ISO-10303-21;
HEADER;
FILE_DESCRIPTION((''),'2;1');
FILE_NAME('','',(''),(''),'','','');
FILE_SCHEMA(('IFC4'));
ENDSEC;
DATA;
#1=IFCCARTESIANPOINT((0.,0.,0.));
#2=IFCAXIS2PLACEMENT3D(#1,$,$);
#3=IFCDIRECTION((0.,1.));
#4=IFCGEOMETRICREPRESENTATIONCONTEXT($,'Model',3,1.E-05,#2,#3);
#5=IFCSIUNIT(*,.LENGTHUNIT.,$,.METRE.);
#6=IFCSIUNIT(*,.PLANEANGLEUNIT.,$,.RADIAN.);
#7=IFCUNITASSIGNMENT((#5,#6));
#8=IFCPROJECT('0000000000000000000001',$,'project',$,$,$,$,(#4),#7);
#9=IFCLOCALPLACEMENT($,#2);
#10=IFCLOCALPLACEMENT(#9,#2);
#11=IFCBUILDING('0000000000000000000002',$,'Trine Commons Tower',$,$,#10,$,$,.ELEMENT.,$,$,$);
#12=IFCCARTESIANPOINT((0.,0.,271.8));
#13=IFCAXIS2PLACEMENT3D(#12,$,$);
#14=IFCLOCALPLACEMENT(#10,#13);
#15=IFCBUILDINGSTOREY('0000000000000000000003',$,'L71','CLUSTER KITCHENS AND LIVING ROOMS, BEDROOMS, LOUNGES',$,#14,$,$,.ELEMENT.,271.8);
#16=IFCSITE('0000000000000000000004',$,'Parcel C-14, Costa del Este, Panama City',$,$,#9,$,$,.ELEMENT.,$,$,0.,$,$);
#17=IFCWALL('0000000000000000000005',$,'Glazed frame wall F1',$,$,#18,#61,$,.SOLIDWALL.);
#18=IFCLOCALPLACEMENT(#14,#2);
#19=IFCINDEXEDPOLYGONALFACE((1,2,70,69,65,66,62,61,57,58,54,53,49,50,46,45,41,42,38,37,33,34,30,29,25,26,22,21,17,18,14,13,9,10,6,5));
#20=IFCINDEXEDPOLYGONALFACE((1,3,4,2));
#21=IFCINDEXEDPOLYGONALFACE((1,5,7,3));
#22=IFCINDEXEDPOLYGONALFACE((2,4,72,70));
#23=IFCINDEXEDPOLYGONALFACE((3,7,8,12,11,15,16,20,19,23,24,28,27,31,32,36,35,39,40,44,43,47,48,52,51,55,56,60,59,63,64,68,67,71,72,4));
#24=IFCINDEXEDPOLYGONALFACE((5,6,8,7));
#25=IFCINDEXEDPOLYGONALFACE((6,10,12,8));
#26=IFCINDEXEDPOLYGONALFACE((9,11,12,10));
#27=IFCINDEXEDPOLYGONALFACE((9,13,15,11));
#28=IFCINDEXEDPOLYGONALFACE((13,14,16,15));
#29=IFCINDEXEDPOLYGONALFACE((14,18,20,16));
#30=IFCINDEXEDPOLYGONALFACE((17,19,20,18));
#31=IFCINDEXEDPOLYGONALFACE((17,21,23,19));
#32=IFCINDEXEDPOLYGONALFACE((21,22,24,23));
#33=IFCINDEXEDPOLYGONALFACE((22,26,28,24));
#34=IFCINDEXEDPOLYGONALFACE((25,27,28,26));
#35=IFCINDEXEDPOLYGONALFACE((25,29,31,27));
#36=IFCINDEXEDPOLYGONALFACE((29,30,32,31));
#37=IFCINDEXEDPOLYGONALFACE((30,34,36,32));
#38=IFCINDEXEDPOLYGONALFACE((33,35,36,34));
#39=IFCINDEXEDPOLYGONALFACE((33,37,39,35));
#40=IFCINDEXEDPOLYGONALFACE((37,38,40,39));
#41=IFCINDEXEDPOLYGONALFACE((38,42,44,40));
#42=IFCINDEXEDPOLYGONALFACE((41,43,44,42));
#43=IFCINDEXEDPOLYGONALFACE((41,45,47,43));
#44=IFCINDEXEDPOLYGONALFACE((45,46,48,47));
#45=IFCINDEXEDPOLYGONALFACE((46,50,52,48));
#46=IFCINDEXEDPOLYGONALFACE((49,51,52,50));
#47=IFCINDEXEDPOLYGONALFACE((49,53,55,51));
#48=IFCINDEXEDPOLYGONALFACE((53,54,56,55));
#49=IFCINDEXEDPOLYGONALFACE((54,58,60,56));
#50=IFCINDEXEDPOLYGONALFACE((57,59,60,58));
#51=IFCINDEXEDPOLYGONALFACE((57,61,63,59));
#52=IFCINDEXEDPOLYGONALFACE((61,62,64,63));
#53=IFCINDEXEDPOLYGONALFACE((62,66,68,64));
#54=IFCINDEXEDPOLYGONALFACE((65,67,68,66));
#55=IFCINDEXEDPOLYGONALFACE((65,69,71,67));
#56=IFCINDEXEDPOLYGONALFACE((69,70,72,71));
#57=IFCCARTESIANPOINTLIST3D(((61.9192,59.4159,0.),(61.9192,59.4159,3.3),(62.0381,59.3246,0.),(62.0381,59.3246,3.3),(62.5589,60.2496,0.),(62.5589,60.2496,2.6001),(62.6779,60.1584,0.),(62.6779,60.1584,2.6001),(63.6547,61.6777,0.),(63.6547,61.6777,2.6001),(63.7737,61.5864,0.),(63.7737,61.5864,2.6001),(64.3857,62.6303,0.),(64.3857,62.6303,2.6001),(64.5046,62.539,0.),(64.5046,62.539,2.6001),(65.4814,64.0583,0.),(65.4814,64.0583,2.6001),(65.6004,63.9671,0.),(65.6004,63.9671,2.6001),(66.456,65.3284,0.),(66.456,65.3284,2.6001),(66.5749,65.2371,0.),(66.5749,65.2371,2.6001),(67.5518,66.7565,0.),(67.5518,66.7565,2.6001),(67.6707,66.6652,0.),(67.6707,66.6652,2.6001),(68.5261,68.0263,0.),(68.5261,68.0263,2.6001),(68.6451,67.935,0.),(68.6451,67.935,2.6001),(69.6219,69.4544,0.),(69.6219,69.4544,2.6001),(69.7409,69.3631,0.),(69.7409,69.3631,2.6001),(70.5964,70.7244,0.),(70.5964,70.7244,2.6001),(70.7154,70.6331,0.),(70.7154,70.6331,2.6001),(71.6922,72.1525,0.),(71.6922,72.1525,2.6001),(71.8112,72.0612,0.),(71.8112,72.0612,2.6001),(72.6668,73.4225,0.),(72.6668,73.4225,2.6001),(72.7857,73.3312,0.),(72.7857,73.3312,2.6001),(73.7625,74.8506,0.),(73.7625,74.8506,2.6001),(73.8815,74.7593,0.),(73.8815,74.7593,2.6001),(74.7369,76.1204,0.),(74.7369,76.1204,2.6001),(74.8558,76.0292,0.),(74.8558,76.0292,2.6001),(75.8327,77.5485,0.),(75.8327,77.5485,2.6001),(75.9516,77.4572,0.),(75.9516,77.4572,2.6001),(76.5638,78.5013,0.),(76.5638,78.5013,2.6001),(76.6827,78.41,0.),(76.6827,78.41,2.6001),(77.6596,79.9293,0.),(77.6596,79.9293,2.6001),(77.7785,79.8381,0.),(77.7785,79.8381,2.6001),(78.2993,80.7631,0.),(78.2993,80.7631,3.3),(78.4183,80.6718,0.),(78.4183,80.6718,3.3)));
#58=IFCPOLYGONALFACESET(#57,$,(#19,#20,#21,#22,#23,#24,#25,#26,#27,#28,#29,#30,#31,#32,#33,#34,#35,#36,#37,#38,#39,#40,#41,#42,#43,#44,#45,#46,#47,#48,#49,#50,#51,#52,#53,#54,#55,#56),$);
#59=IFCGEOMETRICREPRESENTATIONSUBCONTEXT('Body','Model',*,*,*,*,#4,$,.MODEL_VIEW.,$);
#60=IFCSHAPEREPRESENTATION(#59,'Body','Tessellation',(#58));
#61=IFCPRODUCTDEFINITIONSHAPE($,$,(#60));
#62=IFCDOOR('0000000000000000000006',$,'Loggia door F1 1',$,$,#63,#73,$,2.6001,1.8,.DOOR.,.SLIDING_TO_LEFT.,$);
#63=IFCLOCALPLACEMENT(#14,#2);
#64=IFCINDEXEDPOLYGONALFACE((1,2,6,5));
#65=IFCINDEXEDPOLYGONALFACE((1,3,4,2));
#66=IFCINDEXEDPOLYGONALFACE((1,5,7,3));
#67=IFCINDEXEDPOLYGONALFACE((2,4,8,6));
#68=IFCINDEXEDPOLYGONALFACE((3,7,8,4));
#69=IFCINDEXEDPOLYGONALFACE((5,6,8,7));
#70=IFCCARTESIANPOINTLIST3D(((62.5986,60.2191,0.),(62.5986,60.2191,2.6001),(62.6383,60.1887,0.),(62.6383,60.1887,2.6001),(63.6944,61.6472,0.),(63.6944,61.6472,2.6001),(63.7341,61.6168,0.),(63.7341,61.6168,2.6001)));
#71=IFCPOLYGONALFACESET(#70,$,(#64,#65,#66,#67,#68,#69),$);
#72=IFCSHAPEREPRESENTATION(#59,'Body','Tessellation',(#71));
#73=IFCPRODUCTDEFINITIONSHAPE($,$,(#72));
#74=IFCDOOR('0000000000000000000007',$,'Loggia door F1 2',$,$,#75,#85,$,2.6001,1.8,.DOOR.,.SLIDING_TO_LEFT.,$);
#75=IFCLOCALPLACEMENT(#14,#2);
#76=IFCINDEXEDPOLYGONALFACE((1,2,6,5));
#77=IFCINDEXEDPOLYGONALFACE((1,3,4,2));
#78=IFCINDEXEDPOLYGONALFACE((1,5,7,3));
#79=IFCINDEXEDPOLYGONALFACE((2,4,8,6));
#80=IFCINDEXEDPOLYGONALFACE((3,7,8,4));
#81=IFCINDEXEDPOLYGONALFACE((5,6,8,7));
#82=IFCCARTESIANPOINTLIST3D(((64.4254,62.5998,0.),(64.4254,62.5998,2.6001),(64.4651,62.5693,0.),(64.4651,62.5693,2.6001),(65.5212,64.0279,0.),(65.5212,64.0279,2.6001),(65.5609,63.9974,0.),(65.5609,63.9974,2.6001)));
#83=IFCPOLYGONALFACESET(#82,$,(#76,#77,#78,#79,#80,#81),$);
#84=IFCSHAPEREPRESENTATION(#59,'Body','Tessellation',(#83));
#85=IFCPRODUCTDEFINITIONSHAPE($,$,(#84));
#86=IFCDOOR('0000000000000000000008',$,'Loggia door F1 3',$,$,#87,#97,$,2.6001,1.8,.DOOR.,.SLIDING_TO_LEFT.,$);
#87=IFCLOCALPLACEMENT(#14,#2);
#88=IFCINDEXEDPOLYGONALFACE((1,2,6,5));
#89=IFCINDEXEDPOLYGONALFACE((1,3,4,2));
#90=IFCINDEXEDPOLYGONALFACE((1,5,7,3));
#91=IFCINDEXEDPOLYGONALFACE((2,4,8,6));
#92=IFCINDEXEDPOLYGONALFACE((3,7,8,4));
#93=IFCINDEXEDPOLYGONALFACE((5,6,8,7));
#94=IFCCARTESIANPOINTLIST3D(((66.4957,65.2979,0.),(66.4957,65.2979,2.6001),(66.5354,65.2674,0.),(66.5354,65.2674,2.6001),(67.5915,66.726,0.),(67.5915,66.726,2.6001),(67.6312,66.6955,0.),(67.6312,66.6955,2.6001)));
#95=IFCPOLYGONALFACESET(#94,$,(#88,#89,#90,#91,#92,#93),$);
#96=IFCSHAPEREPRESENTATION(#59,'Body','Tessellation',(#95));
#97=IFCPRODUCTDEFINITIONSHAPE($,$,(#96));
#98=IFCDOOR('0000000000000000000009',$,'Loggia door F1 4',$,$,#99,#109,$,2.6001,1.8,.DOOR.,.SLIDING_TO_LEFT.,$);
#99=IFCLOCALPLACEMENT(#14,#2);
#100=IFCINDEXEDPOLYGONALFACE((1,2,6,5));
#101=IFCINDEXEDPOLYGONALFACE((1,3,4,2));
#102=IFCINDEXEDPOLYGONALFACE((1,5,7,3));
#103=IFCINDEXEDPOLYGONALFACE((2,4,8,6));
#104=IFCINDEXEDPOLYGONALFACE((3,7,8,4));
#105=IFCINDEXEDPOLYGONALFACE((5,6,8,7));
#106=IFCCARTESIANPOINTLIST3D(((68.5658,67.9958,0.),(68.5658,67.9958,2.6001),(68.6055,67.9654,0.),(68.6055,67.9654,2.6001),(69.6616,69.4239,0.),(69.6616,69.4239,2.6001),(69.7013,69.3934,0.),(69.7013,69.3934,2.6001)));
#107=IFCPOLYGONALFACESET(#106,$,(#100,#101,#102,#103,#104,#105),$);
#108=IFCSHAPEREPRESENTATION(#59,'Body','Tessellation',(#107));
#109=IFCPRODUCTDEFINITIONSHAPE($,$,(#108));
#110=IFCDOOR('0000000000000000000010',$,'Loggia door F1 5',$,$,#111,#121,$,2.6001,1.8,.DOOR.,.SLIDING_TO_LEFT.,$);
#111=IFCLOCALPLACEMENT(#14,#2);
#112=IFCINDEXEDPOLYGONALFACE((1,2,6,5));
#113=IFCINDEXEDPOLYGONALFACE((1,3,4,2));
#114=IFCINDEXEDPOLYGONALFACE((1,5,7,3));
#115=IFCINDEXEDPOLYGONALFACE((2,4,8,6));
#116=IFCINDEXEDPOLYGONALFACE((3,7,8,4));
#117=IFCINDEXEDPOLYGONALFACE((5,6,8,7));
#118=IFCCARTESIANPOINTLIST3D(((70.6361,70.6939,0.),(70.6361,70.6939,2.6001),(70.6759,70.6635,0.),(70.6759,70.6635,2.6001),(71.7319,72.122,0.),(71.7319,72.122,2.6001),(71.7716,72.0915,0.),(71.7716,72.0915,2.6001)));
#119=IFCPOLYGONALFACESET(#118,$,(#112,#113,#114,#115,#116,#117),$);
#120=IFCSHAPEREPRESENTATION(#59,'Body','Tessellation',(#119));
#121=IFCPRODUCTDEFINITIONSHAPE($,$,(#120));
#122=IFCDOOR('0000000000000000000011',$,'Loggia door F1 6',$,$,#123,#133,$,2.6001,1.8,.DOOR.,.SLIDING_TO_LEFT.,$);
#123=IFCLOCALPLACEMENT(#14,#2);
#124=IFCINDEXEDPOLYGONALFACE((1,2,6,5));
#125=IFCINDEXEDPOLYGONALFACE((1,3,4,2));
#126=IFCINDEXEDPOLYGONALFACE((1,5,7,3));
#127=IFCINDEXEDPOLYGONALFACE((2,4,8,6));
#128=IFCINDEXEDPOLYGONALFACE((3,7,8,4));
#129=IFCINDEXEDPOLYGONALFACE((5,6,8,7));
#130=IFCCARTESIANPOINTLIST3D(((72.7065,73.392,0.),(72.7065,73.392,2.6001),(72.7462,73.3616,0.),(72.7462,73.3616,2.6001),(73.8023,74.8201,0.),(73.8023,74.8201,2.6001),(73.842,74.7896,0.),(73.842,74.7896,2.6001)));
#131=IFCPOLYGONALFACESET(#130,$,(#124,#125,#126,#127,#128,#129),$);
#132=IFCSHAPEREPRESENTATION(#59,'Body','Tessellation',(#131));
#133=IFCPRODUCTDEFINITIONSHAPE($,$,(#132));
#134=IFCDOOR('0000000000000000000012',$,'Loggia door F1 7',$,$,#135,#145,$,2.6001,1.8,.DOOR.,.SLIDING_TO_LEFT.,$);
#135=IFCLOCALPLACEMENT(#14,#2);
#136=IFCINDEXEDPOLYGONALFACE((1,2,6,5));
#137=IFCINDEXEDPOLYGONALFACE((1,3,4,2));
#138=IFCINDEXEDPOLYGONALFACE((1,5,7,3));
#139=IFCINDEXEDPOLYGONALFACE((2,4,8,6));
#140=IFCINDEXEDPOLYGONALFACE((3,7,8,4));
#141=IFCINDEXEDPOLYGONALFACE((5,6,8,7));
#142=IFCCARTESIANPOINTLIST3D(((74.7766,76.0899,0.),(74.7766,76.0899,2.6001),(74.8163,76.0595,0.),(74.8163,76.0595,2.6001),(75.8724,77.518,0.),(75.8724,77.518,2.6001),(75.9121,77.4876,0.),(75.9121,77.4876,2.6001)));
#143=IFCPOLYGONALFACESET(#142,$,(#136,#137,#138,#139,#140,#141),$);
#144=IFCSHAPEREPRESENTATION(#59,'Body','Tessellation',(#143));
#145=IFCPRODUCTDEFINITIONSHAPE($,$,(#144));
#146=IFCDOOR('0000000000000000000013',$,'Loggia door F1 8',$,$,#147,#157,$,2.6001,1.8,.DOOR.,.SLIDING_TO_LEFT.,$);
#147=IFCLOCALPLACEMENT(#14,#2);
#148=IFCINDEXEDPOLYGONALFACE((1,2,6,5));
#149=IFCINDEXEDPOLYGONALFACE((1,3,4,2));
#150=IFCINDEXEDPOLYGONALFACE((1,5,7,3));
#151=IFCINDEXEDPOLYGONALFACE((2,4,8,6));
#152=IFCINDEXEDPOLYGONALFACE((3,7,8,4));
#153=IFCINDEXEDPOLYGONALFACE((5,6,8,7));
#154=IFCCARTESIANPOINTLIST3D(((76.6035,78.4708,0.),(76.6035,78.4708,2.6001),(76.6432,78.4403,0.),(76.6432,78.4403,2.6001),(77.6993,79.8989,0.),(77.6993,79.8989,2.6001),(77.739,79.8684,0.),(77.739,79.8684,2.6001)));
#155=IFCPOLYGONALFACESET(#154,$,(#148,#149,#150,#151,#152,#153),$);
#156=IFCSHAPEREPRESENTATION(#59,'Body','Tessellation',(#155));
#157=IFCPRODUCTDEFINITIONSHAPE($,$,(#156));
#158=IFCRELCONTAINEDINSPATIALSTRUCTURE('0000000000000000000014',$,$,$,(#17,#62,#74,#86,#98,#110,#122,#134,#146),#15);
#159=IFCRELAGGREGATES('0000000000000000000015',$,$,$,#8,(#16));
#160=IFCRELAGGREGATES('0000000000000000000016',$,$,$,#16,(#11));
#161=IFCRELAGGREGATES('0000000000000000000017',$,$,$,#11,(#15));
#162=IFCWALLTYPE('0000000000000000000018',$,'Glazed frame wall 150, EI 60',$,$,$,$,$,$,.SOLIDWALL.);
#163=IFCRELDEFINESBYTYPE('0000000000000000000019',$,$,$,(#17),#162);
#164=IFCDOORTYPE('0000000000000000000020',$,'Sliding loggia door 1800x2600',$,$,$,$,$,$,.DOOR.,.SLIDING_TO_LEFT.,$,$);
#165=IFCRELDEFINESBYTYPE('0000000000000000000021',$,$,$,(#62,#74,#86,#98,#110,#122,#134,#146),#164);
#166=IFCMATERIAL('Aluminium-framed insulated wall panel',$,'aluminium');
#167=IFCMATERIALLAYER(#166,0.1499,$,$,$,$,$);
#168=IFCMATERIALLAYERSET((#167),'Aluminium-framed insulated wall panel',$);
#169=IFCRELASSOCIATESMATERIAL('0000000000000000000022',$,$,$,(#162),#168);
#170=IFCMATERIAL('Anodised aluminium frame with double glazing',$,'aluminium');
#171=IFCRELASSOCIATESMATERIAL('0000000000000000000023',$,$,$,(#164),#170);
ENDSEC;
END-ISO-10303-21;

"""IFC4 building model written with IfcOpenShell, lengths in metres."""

from ifc_helpers import new_model, si_unit, direction, frame, frame_2d, origin, place, context, subcontext, project, spatial, polyline, rectangle, outline, extrude, material, layer, layer_set, type_object, element, fill, save


model = new_model("IFC4")

# Units and contexts
model_context = context("Model", 3, precision=1e-05, world=origin(), true_north=direction((0.0, 1.0)))
body_context = subcontext(model_context, "Body", "Model", "MODEL_VIEW")
ifc_project = project(units=[si_unit("LENGTHUNIT", "METRE"), si_unit("PLANEANGLEUNIT", "RADIAN")], contexts=[model_context])

# Site, building, storey
site_placement = place(None, origin())
site = spatial("IfcSite", under=ifc_project, at=site_placement, Name="Parcel C-14, Costa del Este, Panama City", CompositionType="ELEMENT", RefElevation=0.0)
building_placement = place(site_placement, origin())
building = spatial("IfcBuilding", under=site, at=building_placement, Name="Trine Commons Tower", CompositionType="ELEMENT")
storey_placement = place(building_placement, frame((0.0, 0.0, 271.8)))
storey = spatial("IfcBuildingStorey", under=building, at=storey_placement, Name="L71", Description="CLUSTER KITCHENS AND LIVING ROOMS, BEDROOMS, LOUNGES", CompositionType="ELEMENT", Elevation=271.8)

# Wall, openings, doors
ifc_material_1 = material(Name="Aluminium-framed insulated wall panel", Category="aluminium")
ifc_layer_1 = layer(ifc_material_1, 0.1499)
ifc_layer_set_1 = layer_set([ifc_layer_1], Name="Aluminium-framed insulated wall panel")
wall_type_1 = type_object("IfcWallType", Name="Glazed frame wall 150, EI 60", PredefinedType="SOLIDWALL", material=ifc_layer_set_1)
wall_1_placement = place(storey_placement, frame((61.8877, 59.2517, 0.0), z_axis=(0.0, 0.0, 1.0), x_axis=(0.608758, 0.793356, 0.0)))
wall_1 = element("IfcWall", 1, at=wall_1_placement, inside=storey, type_object=wall_type_1, Name="Glazed frame wall F1", PredefinedType="SOLIDWALL", context=body_context, shape_type="SweptSolid", body=[
    extrude(outline(polyline([(0.1494, 0.075), (0.1494, -0.075), (27.0569, -0.075), (27.0569, 0.075), (0.1494, 0.075)])), origin(), (0.0, 0.0, 1.0), 3.3),
])
opening_1_placement = place(wall_1_placement, frame((1.2004, 0.0, 0.0)))
opening_1 = element("IfcOpeningElement", 2, at=opening_1_placement, cuts=wall_1, PredefinedType="OPENING", context=body_context, shape_type="SweptSolid", body=[
    extrude(rectangle(XDim=1.8, YDim=2.6001, at=frame_2d((0.8999, 1.3))), frame((0.0, 0.085, 0.0), z_axis=(0.0, -1.0, 0.0), x_axis=(1.0, 0.0, 0.0)), (0.0, 0.0, 1.0), 0.1699),
])
opening_2_placement = place(wall_1_placement, frame((4.2012, 0.0, 0.0)))
opening_2 = element("IfcOpeningElement", 3, at=opening_2_placement, cuts=wall_1, PredefinedType="OPENING", context=body_context, shape_type="SweptSolid", body=[
    extrude(rectangle(XDim=1.8, YDim=2.6001, at=frame_2d((0.8999, 1.3))), frame((0.0, 0.085, 0.0), z_axis=(0.0, -1.0, 0.0), x_axis=(1.0, 0.0, 0.0)), (0.0, 0.0, 1.0), 0.1699),
])
opening_3_placement = place(wall_1_placement, frame((7.6021, 0.0, 0.0)))
opening_3 = element("IfcOpeningElement", 4, at=opening_3_placement, cuts=wall_1, PredefinedType="OPENING", context=body_context, shape_type="SweptSolid", body=[
    extrude(rectangle(XDim=1.8, YDim=2.6001, at=frame_2d((0.8999, 1.3))), frame((0.0, 0.085, 0.0), z_axis=(0.0, -1.0, 0.0), x_axis=(1.0, 0.0, 0.0)), (0.0, 0.0, 1.0), 0.1699),
])
opening_4_placement = place(wall_1_placement, frame((11.0027, 0.0, 0.0)))
opening_4 = element("IfcOpeningElement", 5, at=opening_4_placement, cuts=wall_1, PredefinedType="OPENING", context=body_context, shape_type="SweptSolid", body=[
    extrude(rectangle(XDim=1.8, YDim=2.6001, at=frame_2d((0.8999, 1.3))), frame((0.0, 0.085, 0.0), z_axis=(0.0, -1.0, 0.0), x_axis=(1.0, 0.0, 0.0)), (0.0, 0.0, 1.0), 0.1699),
])
opening_5_placement = place(wall_1_placement, frame((14.4036, 0.0, 0.0)))
opening_5 = element("IfcOpeningElement", 6, at=opening_5_placement, cuts=wall_1, PredefinedType="OPENING", context=body_context, shape_type="SweptSolid", body=[
    extrude(rectangle(XDim=1.8, YDim=2.6001, at=frame_2d((0.8999, 1.3))), frame((0.0, 0.085, 0.0), z_axis=(0.0, -1.0, 0.0), x_axis=(1.0, 0.0, 0.0)), (0.0, 0.0, 1.0), 0.1699),
])
opening_6_placement = place(wall_1_placement, frame((17.8044, 0.0, 0.0)))
opening_6 = element("IfcOpeningElement", 7, at=opening_6_placement, cuts=wall_1, PredefinedType="OPENING", context=body_context, shape_type="SweptSolid", body=[
    extrude(rectangle(XDim=1.8, YDim=2.6001, at=frame_2d((0.8999, 1.3))), frame((0.0, 0.085, 0.0), z_axis=(0.0, -1.0, 0.0), x_axis=(1.0, 0.0, 0.0)), (0.0, 0.0, 1.0), 0.1699),
])
opening_7_placement = place(wall_1_placement, frame((21.2051, 0.0, 0.0)))
opening_7 = element("IfcOpeningElement", 8, at=opening_7_placement, cuts=wall_1, PredefinedType="OPENING", context=body_context, shape_type="SweptSolid", body=[
    extrude(rectangle(XDim=1.8, YDim=2.6001, at=frame_2d((0.8999, 1.3))), frame((0.0, 0.085, 0.0), z_axis=(0.0, -1.0, 0.0), x_axis=(1.0, 0.0, 0.0)), (0.0, 0.0, 1.0), 0.1699),
])
opening_8_placement = place(wall_1_placement, frame((24.2061, 0.0, 0.0)))
opening_8 = element("IfcOpeningElement", 9, at=opening_8_placement, cuts=wall_1, PredefinedType="OPENING", context=body_context, shape_type="SweptSolid", body=[
    extrude(rectangle(XDim=1.8, YDim=2.6001, at=frame_2d((0.8999, 1.3))), frame((0.0, 0.085, 0.0), z_axis=(0.0, -1.0, 0.0), x_axis=(1.0, 0.0, 0.0)), (0.0, 0.0, 1.0), 0.1699),
])
ifc_material_2 = material(Name="Anodised aluminium frame with double glazing", Category="aluminium")
door_type_1 = type_object("IfcDoorType", Name="Sliding loggia door 1800x2600", OperationType="SLIDING_TO_LEFT", PredefinedType="DOOR", material=ifc_material_2)
door_1_placement = place(opening_1_placement, origin())
door_1 = element("IfcDoor", 10, at=door_1_placement, inside=storey, type_object=door_type_1, Name="Loggia door F1 1", OperationType="SLIDING_TO_LEFT", OverallHeight=2.6001, OverallWidth=1.8, PredefinedType="DOOR", context=body_context, shape_type="SweptSolid", body=[
    extrude(rectangle(XDim=1.8, YDim=2.6001, at=frame_2d((0.8999, 1.3))), frame((0.0, 0.0249, 0.0), z_axis=(0.0, -1.0, 0.0), x_axis=(1.0, 0.0, 0.0)), (0.0, 0.0, 1.0), 0.05),
])
fill(opening_1, door_1)
door_2_placement = place(opening_2_placement, origin())
door_2 = element("IfcDoor", 11, at=door_2_placement, inside=storey, type_object=door_type_1, Name="Loggia door F1 2", OperationType="SLIDING_TO_LEFT", OverallHeight=2.6001, OverallWidth=1.8, PredefinedType="DOOR", context=body_context, shape_type="SweptSolid", body=[
    extrude(rectangle(XDim=1.8, YDim=2.6001, at=frame_2d((0.8999, 1.3))), frame((0.0, 0.0249, 0.0), z_axis=(0.0, -1.0, 0.0), x_axis=(1.0, 0.0, 0.0)), (0.0, 0.0, 1.0), 0.05),
])
fill(opening_2, door_2)
door_3_placement = place(opening_3_placement, origin())
door_3 = element("IfcDoor", 12, at=door_3_placement, inside=storey, type_object=door_type_1, Name="Loggia door F1 3", OperationType="SLIDING_TO_LEFT", OverallHeight=2.6001, OverallWidth=1.8, PredefinedType="DOOR", context=body_context, shape_type="SweptSolid", body=[
    extrude(rectangle(XDim=1.8, YDim=2.6001, at=frame_2d((0.8999, 1.3))), frame((0.0, 0.0249, 0.0), z_axis=(0.0, -1.0, 0.0), x_axis=(1.0, 0.0, 0.0)), (0.0, 0.0, 1.0), 0.05),
])
fill(opening_3, door_3)
door_4_placement = place(opening_4_placement, origin())
door_4 = element("IfcDoor", 13, at=door_4_placement, inside=storey, type_object=door_type_1, Name="Loggia door F1 4", OperationType="SLIDING_TO_LEFT", OverallHeight=2.6001, OverallWidth=1.8, PredefinedType="DOOR", context=body_context, shape_type="SweptSolid", body=[
    extrude(rectangle(XDim=1.8, YDim=2.6001, at=frame_2d((0.8999, 1.3))), frame((0.0, 0.0249, 0.0), z_axis=(0.0, -1.0, 0.0), x_axis=(1.0, 0.0, 0.0)), (0.0, 0.0, 1.0), 0.05),
])
fill(opening_4, door_4)
door_5_placement = place(opening_5_placement, origin())
door_5 = element("IfcDoor", 14, at=door_5_placement, inside=storey, type_object=door_type_1, Name="Loggia door F1 5", OperationType="SLIDING_TO_LEFT", OverallHeight=2.6001, OverallWidth=1.8, PredefinedType="DOOR", context=body_context, shape_type="SweptSolid", body=[
    extrude(rectangle(XDim=1.8, YDim=2.6001, at=frame_2d((0.8999, 1.3))), frame((0.0, 0.0249, 0.0), z_axis=(0.0, -1.0, 0.0), x_axis=(1.0, 0.0, 0.0)), (0.0, 0.0, 1.0), 0.05),
])
fill(opening_5, door_5)
door_6_placement = place(opening_6_placement, origin())
door_6 = element("IfcDoor", 15, at=door_6_placement, inside=storey, type_object=door_type_1, Name="Loggia door F1 6", OperationType="SLIDING_TO_LEFT", OverallHeight=2.6001, OverallWidth=1.8, PredefinedType="DOOR", context=body_context, shape_type="SweptSolid", body=[
    extrude(rectangle(XDim=1.8, YDim=2.6001, at=frame_2d((0.8999, 1.3))), frame((0.0, 0.0249, 0.0), z_axis=(0.0, -1.0, 0.0), x_axis=(1.0, 0.0, 0.0)), (0.0, 0.0, 1.0), 0.05),
])
fill(opening_6, door_6)
door_7_placement = place(opening_7_placement, origin())
door_7 = element("IfcDoor", 16, at=door_7_placement, inside=storey, type_object=door_type_1, Name="Loggia door F1 7", OperationType="SLIDING_TO_LEFT", OverallHeight=2.6001, OverallWidth=1.8, PredefinedType="DOOR", context=body_context, shape_type="SweptSolid", body=[
    extrude(rectangle(XDim=1.8, YDim=2.6001, at=frame_2d((0.8999, 1.3))), frame((0.0, 0.0249, 0.0), z_axis=(0.0, -1.0, 0.0), x_axis=(1.0, 0.0, 0.0)), (0.0, 0.0, 1.0), 0.05),
])
fill(opening_7, door_7)
door_8_placement = place(opening_8_placement, origin())
door_8 = element("IfcDoor", 17, at=door_8_placement, inside=storey, type_object=door_type_1, Name="Loggia door F1 8", OperationType="SLIDING_TO_LEFT", OverallHeight=2.6001, OverallWidth=1.8, PredefinedType="DOOR", context=body_context, shape_type="SweptSolid", body=[
    extrude(rectangle(XDim=1.8, YDim=2.6001, at=frame_2d((0.8999, 1.3))), frame((0.0, 0.0249, 0.0), z_axis=(0.0, -1.0, 0.0), x_axis=(1.0, 0.0, 0.0)), (0.0, 0.0, 1.0), 0.05),
])
fill(opening_8, door_8)

save(model, "model.ifc")
